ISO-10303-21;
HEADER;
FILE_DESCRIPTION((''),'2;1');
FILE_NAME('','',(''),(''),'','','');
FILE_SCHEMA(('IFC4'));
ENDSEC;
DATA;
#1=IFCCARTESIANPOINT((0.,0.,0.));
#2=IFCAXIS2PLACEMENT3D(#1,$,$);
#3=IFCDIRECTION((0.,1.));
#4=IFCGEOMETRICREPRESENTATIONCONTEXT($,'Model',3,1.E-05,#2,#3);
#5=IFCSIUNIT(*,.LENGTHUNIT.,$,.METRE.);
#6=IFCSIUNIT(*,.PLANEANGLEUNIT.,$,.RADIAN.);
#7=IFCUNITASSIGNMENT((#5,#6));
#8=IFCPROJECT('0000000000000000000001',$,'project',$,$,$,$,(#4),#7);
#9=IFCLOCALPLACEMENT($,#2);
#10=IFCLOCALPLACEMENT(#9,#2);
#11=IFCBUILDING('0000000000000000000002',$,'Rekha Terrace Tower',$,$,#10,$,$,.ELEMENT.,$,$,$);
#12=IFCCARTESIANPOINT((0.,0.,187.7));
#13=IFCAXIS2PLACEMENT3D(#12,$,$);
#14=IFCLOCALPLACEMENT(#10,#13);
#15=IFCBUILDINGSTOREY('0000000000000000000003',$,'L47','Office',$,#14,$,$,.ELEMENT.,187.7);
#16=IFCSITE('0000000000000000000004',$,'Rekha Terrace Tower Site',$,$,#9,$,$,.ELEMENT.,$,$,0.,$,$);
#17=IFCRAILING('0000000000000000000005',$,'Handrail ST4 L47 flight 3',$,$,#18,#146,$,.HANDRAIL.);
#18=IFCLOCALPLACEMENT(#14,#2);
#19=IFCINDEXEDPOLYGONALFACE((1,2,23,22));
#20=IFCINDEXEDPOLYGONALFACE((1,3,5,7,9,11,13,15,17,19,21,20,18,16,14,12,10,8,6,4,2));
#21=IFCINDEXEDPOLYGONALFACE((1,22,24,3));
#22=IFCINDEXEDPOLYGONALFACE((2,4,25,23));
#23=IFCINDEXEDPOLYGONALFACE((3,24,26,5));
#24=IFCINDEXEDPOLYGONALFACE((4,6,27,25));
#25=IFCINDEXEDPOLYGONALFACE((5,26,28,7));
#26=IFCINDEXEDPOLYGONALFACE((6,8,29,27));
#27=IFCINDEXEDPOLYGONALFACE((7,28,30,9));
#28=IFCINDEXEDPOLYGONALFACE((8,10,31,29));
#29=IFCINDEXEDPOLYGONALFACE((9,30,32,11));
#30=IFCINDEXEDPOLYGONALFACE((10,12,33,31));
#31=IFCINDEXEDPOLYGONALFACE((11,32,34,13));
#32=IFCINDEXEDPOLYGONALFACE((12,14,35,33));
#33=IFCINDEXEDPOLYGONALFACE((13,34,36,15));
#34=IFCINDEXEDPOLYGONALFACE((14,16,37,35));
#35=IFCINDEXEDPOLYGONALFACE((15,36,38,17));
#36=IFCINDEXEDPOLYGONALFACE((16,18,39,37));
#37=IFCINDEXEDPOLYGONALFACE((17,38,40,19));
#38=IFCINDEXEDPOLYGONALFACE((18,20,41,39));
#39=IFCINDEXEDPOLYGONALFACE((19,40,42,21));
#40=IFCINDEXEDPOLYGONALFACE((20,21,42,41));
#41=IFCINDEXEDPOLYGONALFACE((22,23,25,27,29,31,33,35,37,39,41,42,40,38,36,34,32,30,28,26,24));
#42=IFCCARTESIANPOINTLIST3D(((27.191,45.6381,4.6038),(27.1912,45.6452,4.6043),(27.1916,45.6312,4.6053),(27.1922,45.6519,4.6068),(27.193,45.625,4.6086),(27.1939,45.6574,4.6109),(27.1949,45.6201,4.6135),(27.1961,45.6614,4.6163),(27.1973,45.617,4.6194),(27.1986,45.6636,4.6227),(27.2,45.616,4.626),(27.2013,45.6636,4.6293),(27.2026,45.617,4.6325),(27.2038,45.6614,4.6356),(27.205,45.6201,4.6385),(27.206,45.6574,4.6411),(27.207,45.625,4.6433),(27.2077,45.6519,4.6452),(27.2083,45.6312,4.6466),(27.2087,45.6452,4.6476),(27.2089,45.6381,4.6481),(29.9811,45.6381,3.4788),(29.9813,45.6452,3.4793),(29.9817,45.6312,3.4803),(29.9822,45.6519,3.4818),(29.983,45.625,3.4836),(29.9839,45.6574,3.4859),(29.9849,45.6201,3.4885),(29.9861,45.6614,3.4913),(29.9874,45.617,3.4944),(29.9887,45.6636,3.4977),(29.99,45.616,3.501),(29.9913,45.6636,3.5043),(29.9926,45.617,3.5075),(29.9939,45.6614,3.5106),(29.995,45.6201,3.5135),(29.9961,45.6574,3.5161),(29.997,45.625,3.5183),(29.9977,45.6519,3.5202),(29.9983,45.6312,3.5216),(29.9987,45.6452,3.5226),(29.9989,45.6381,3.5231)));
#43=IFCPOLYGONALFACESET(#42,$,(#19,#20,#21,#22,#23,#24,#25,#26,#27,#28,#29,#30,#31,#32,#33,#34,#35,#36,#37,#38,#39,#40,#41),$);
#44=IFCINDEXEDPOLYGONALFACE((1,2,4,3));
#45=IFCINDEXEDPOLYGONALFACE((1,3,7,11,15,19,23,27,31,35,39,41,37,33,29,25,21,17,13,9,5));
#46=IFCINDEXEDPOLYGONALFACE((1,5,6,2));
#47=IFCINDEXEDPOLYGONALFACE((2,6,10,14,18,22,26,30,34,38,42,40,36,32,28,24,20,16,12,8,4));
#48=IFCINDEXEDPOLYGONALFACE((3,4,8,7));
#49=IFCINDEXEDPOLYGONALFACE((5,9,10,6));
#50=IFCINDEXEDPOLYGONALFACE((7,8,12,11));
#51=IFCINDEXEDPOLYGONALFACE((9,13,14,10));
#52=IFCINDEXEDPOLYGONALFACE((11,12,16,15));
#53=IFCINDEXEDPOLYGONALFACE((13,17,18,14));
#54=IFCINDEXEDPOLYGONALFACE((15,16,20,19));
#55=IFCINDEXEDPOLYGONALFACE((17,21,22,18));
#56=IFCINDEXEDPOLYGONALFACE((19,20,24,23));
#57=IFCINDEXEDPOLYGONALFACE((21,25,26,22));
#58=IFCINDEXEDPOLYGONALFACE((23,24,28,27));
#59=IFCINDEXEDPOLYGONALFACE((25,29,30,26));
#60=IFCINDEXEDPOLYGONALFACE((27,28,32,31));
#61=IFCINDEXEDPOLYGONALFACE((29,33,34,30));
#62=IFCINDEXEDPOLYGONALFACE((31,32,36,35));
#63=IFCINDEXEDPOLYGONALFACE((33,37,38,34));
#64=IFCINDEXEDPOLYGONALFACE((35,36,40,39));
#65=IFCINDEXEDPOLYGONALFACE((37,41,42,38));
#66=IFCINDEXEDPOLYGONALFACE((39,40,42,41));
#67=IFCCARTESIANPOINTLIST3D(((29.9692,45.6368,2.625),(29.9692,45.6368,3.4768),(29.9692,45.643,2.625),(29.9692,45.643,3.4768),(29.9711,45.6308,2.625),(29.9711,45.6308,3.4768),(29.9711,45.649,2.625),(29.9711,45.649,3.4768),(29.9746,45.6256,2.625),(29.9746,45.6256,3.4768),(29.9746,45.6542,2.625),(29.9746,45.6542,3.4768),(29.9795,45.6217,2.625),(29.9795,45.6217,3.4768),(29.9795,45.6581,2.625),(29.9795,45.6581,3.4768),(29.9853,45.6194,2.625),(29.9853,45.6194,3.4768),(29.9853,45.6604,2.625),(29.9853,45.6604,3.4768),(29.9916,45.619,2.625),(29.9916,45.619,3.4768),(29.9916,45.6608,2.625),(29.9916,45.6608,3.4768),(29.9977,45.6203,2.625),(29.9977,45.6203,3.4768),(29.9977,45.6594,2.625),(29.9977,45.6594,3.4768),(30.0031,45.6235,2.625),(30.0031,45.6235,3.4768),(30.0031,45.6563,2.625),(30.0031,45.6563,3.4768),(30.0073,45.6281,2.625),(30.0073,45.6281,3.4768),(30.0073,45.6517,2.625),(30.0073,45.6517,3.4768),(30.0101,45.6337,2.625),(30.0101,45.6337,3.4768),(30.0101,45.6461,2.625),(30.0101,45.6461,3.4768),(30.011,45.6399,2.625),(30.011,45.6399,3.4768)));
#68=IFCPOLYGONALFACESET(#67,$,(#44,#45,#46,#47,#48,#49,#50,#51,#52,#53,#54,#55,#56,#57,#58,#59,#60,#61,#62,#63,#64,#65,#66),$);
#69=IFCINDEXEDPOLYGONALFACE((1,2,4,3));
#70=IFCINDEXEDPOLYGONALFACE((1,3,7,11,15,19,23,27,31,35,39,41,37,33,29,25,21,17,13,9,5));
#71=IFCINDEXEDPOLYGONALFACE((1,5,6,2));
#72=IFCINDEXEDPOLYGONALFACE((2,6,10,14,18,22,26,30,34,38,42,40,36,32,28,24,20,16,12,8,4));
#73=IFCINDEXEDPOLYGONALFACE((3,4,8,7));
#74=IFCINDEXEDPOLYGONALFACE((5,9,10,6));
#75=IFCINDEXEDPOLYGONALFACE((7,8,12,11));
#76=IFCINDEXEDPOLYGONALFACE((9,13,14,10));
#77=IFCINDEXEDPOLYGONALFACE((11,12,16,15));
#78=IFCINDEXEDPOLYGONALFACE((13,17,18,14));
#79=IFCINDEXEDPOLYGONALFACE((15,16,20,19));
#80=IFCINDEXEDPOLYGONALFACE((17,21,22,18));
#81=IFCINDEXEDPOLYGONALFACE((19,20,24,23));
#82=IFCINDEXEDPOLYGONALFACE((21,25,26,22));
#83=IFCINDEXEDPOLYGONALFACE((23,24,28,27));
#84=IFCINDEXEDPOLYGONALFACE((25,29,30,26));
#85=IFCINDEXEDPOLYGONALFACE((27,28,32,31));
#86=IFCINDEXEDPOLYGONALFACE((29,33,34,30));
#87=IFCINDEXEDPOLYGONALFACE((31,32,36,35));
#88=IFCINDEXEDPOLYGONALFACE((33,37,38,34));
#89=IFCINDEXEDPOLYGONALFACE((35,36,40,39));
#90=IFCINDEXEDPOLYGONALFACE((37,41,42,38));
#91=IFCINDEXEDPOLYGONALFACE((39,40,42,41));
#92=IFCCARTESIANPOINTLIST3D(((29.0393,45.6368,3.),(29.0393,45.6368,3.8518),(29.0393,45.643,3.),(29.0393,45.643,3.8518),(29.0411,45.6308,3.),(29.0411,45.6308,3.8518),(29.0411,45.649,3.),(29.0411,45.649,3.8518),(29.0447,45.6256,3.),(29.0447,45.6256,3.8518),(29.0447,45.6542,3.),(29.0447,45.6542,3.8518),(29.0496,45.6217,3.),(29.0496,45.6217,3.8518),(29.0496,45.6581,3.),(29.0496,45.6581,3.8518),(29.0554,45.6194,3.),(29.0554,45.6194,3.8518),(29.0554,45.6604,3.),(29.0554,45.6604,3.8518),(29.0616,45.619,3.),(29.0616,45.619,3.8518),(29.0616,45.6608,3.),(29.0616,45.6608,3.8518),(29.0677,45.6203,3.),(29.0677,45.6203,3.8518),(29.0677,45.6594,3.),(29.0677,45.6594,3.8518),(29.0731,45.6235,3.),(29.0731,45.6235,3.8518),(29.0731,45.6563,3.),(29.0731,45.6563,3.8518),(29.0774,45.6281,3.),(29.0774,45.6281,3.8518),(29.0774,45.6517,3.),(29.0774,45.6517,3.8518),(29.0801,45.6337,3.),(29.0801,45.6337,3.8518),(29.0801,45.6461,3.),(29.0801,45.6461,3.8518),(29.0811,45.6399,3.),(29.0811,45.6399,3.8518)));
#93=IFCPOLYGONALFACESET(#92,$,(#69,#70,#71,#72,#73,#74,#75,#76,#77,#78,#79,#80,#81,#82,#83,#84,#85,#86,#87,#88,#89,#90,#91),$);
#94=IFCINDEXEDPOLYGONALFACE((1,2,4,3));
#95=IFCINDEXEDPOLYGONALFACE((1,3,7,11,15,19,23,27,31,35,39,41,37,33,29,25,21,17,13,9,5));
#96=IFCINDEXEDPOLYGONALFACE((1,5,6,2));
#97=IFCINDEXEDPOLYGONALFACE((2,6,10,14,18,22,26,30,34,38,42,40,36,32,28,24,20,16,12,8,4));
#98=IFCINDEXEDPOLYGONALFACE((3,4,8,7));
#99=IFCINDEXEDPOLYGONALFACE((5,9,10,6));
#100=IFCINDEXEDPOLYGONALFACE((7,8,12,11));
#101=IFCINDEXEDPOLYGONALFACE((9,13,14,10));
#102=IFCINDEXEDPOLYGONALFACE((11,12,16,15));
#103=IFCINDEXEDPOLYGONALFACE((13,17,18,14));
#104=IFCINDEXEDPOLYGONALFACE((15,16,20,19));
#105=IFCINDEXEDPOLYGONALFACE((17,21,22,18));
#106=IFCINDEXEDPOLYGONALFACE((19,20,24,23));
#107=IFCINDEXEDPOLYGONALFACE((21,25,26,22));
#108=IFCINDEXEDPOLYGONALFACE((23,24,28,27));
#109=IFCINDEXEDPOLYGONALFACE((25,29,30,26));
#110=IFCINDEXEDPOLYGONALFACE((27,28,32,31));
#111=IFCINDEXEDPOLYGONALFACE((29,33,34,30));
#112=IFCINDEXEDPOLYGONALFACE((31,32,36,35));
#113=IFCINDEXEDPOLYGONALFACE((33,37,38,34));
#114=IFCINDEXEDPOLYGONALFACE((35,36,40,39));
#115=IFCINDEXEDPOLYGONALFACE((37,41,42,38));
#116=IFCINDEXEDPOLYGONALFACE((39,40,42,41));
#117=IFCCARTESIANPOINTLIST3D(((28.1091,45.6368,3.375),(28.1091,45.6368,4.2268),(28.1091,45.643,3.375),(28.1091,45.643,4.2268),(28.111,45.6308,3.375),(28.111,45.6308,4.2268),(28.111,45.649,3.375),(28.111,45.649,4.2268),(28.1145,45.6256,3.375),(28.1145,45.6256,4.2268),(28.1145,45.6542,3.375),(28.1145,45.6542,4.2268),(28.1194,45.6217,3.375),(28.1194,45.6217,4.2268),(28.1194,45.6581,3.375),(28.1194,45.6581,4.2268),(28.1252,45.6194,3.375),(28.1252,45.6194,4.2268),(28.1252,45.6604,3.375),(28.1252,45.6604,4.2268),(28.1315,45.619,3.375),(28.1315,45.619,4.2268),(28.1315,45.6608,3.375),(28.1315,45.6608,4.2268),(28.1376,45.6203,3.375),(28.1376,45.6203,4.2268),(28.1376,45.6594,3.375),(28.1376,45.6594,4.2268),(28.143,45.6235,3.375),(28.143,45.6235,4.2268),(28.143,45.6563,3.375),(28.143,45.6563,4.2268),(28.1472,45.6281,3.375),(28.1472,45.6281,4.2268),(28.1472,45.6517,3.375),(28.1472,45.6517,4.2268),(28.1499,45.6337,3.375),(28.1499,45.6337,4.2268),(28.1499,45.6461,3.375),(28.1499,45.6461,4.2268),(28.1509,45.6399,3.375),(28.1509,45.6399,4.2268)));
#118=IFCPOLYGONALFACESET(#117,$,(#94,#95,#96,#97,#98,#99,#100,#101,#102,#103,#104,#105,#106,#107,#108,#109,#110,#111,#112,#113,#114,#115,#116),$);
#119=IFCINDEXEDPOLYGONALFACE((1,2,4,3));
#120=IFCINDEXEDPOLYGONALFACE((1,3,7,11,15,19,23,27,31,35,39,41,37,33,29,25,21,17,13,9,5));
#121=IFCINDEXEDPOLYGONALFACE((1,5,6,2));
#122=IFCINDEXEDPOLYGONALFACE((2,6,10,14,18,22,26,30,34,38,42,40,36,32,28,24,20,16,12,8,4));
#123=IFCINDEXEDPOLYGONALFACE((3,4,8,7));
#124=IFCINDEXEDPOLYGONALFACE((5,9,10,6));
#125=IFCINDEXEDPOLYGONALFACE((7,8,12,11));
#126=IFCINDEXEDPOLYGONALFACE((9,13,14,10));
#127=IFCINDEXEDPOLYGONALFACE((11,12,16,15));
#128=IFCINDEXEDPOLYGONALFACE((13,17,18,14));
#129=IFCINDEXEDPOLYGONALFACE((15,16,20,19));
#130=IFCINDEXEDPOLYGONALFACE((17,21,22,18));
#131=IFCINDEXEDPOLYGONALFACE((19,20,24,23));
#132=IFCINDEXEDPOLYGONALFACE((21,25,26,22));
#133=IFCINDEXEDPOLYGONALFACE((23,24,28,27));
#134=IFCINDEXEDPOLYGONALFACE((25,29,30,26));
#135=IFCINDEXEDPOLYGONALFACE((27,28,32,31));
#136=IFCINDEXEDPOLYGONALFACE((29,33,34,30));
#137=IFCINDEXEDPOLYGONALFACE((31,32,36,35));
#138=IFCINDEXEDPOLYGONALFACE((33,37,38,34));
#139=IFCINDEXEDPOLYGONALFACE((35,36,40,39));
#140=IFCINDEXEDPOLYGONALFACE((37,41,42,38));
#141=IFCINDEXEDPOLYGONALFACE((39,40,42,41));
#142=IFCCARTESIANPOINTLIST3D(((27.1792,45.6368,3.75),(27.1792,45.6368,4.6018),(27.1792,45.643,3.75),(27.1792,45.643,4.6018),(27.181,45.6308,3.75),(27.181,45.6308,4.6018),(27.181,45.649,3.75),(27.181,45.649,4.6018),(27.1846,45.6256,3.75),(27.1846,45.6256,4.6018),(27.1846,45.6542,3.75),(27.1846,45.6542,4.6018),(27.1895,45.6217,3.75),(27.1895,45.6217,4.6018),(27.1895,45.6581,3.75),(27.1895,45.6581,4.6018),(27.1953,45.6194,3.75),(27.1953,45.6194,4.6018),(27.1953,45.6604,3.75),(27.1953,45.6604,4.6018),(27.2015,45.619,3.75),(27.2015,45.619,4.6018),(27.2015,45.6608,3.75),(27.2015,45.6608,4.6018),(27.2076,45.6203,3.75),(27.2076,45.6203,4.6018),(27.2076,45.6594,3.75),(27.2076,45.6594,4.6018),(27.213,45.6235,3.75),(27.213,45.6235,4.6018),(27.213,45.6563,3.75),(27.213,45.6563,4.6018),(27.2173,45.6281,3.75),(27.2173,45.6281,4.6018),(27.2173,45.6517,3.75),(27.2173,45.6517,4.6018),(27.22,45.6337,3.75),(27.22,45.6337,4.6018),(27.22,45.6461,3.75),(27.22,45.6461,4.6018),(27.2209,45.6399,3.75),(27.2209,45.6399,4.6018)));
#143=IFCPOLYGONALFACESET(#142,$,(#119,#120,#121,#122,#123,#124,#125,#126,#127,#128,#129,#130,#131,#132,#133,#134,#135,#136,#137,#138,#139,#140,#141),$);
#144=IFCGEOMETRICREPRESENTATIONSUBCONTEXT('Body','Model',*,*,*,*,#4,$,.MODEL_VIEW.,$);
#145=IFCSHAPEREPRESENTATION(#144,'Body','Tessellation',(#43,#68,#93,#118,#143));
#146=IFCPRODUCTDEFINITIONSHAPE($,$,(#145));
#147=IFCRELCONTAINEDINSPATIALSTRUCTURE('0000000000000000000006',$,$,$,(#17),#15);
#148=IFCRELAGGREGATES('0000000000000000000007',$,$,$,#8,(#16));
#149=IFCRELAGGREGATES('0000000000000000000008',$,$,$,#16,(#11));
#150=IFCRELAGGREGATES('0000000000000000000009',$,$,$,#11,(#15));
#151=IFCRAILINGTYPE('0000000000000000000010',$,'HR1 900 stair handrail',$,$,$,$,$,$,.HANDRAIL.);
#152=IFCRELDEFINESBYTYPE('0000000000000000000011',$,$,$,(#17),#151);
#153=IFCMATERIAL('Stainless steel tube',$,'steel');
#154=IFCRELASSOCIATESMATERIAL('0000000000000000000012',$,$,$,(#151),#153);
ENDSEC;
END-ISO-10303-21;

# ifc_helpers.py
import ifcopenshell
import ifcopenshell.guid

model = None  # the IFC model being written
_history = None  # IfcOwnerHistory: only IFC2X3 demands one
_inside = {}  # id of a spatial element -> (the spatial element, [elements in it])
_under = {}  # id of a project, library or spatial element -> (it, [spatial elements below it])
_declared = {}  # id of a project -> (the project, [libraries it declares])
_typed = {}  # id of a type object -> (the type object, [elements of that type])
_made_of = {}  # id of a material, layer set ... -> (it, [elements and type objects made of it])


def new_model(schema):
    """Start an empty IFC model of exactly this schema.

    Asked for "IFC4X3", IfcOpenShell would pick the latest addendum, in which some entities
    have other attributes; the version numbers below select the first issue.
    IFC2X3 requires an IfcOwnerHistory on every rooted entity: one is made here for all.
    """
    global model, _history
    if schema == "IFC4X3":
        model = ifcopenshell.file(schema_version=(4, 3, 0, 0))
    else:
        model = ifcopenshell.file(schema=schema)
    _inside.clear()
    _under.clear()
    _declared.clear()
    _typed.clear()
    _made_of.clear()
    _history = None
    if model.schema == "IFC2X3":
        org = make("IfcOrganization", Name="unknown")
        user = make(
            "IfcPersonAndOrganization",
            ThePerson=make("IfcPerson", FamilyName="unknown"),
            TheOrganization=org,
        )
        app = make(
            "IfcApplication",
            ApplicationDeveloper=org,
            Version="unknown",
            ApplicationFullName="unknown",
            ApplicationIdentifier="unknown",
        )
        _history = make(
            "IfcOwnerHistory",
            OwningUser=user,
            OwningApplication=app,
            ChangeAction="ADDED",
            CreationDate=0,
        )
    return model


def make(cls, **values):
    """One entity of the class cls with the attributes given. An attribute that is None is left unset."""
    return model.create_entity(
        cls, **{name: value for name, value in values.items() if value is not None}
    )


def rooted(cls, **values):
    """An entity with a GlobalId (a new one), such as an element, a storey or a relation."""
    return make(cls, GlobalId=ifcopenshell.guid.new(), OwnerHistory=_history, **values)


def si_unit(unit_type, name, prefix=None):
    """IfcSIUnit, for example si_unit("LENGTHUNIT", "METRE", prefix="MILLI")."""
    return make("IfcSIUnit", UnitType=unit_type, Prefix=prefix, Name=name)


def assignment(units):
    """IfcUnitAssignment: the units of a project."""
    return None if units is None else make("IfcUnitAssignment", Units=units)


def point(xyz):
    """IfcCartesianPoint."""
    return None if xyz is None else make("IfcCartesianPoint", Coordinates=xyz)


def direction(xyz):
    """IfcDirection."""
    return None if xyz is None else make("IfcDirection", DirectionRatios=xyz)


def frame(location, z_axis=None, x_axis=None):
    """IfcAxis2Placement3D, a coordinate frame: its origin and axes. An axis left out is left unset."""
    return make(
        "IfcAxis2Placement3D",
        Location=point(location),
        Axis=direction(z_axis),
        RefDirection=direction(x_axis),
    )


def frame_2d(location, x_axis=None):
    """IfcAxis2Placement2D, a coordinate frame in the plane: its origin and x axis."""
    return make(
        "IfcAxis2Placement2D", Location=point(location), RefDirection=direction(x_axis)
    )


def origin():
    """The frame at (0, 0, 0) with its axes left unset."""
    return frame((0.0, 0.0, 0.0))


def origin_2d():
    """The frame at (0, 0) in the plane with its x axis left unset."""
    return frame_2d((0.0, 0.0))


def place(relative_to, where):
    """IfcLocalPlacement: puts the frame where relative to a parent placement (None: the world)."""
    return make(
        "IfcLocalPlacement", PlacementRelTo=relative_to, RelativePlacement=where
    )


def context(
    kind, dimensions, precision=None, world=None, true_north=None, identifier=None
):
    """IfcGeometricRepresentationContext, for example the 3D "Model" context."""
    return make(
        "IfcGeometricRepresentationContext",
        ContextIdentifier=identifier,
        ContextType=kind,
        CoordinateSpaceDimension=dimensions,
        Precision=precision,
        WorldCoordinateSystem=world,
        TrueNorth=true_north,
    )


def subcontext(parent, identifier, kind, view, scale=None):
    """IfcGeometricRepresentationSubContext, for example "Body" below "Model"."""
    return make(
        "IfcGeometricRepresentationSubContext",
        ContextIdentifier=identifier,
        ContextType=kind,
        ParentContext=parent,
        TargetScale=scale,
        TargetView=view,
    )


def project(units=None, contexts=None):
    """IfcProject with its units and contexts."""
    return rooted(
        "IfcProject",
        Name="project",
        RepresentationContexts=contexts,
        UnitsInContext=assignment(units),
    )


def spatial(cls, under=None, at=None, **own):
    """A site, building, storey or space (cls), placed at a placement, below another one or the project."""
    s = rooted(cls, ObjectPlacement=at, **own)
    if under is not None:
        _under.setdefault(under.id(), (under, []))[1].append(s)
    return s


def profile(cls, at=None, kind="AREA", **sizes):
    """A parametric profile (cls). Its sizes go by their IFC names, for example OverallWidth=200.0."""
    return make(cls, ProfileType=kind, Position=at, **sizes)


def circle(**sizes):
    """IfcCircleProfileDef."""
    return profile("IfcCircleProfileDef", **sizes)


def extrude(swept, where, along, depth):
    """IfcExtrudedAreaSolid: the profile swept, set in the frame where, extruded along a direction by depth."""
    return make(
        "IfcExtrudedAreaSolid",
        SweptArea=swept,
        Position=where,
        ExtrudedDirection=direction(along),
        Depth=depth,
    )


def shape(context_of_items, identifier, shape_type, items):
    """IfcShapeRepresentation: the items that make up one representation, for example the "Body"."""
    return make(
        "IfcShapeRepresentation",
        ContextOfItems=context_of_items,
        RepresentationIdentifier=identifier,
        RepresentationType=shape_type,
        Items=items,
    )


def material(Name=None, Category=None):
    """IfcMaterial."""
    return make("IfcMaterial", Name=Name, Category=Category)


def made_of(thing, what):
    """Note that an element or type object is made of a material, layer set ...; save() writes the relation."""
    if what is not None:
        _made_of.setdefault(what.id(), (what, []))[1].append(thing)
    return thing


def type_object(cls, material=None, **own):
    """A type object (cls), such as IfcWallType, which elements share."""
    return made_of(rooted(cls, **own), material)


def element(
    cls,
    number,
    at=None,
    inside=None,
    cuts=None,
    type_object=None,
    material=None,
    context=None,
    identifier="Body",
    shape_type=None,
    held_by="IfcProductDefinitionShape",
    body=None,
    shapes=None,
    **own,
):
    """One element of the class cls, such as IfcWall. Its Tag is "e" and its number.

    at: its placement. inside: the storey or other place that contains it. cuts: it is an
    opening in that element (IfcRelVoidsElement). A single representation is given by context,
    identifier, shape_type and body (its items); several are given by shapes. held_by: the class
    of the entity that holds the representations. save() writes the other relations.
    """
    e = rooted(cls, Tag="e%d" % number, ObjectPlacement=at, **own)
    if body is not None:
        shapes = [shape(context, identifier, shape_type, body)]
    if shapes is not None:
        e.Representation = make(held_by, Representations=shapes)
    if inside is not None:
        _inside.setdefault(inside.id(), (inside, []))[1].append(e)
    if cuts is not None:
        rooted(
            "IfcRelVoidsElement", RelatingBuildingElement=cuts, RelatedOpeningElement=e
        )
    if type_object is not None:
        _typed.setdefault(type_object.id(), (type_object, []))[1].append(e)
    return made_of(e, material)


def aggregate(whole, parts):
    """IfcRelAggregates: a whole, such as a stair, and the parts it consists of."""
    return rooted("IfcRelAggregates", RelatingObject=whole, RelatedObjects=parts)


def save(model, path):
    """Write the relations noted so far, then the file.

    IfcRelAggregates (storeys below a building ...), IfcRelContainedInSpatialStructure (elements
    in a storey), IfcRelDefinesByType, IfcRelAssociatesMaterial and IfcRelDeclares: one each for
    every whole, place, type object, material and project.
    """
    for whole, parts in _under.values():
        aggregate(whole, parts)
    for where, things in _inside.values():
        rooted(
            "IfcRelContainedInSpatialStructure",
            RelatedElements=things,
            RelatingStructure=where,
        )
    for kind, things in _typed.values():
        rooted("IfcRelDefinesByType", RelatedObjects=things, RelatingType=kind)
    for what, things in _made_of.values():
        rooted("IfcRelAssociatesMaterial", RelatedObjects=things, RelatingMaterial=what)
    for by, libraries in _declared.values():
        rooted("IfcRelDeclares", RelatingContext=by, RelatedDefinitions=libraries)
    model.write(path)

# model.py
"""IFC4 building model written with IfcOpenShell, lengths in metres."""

from ifc_helpers import new_model, si_unit, direction, frame, origin, origin_2d, place, context, subcontext, project, spatial, circle, extrude, material, type_object, element, save


model = new_model("IFC4")

# Units and contexts
model_context = context("Model", 3, precision=1e-05, world=origin(), true_north=direction((0.0, 1.0)))
body_context = subcontext(model_context, "Body", "Model", "MODEL_VIEW")
ifc_project = project(units=[si_unit("LENGTHUNIT", "METRE"), si_unit("PLANEANGLEUNIT", "RADIAN")], contexts=[model_context])

# Site, building, storey
site_placement = place(None, origin())
site = spatial("IfcSite", under=ifc_project, at=site_placement, Name="Rekha Terrace Tower Site", CompositionType="ELEMENT", RefElevation=0.0)
building_placement = place(site_placement, origin())
building = spatial("IfcBuilding", under=site, at=building_placement, Name="Rekha Terrace Tower", CompositionType="ELEMENT")
storey_placement = place(building_placement, frame((0.0, 0.0, 187.7)))
storey = spatial("IfcBuildingStorey", under=building, at=storey_placement, Name="L47", Description="Office", CompositionType="ELEMENT", Elevation=187.7)

# Railing
ifc_material_1 = material(Name="Stainless steel tube", Category="steel")
railing_type_1 = type_object("IfcRailingType", Name="HR1 900 stair handrail", PredefinedType="HANDRAIL", material=ifc_material_1)
railing_1_placement = place(storey_placement, frame((29.99, 45.6399, 2.625)))
element("IfcRailing", 1, at=railing_1_placement, inside=storey, type_object=railing_type_1, Name="Handrail ST4 L47 flight 3", PredefinedType="HANDRAIL", context=body_context, shape_type="SweptSolid", body=[
    extrude(circle(Radius=0.0239, at=origin_2d()), frame((0.0, 0.0, 0.876), z_axis=(-0.927443, 0.0, 0.373964), x_axis=(0.0, -1.0, 0.0)), (0.0, 0.0, 1.0), 3.0083),
    extrude(circle(Radius=0.021, at=origin_2d()), origin(), (0.0, 0.0, 1.0), 0.8518),
    extrude(circle(Radius=0.021, at=origin_2d()), frame((-0.9299, 0.0, 0.375)), (0.0, 0.0, 1.0), 0.8518),
    extrude(circle(Radius=0.021, at=origin_2d()), frame((-1.8601, 0.0, 0.75)), (0.0, 0.0, 1.0), 0.8518),
    extrude(circle(Radius=0.021, at=origin_2d()), frame((-2.79, 0.0, 1.125)), (0.0, 0.0, 1.0), 0.8518),
])

save(model, "model.ifc")
